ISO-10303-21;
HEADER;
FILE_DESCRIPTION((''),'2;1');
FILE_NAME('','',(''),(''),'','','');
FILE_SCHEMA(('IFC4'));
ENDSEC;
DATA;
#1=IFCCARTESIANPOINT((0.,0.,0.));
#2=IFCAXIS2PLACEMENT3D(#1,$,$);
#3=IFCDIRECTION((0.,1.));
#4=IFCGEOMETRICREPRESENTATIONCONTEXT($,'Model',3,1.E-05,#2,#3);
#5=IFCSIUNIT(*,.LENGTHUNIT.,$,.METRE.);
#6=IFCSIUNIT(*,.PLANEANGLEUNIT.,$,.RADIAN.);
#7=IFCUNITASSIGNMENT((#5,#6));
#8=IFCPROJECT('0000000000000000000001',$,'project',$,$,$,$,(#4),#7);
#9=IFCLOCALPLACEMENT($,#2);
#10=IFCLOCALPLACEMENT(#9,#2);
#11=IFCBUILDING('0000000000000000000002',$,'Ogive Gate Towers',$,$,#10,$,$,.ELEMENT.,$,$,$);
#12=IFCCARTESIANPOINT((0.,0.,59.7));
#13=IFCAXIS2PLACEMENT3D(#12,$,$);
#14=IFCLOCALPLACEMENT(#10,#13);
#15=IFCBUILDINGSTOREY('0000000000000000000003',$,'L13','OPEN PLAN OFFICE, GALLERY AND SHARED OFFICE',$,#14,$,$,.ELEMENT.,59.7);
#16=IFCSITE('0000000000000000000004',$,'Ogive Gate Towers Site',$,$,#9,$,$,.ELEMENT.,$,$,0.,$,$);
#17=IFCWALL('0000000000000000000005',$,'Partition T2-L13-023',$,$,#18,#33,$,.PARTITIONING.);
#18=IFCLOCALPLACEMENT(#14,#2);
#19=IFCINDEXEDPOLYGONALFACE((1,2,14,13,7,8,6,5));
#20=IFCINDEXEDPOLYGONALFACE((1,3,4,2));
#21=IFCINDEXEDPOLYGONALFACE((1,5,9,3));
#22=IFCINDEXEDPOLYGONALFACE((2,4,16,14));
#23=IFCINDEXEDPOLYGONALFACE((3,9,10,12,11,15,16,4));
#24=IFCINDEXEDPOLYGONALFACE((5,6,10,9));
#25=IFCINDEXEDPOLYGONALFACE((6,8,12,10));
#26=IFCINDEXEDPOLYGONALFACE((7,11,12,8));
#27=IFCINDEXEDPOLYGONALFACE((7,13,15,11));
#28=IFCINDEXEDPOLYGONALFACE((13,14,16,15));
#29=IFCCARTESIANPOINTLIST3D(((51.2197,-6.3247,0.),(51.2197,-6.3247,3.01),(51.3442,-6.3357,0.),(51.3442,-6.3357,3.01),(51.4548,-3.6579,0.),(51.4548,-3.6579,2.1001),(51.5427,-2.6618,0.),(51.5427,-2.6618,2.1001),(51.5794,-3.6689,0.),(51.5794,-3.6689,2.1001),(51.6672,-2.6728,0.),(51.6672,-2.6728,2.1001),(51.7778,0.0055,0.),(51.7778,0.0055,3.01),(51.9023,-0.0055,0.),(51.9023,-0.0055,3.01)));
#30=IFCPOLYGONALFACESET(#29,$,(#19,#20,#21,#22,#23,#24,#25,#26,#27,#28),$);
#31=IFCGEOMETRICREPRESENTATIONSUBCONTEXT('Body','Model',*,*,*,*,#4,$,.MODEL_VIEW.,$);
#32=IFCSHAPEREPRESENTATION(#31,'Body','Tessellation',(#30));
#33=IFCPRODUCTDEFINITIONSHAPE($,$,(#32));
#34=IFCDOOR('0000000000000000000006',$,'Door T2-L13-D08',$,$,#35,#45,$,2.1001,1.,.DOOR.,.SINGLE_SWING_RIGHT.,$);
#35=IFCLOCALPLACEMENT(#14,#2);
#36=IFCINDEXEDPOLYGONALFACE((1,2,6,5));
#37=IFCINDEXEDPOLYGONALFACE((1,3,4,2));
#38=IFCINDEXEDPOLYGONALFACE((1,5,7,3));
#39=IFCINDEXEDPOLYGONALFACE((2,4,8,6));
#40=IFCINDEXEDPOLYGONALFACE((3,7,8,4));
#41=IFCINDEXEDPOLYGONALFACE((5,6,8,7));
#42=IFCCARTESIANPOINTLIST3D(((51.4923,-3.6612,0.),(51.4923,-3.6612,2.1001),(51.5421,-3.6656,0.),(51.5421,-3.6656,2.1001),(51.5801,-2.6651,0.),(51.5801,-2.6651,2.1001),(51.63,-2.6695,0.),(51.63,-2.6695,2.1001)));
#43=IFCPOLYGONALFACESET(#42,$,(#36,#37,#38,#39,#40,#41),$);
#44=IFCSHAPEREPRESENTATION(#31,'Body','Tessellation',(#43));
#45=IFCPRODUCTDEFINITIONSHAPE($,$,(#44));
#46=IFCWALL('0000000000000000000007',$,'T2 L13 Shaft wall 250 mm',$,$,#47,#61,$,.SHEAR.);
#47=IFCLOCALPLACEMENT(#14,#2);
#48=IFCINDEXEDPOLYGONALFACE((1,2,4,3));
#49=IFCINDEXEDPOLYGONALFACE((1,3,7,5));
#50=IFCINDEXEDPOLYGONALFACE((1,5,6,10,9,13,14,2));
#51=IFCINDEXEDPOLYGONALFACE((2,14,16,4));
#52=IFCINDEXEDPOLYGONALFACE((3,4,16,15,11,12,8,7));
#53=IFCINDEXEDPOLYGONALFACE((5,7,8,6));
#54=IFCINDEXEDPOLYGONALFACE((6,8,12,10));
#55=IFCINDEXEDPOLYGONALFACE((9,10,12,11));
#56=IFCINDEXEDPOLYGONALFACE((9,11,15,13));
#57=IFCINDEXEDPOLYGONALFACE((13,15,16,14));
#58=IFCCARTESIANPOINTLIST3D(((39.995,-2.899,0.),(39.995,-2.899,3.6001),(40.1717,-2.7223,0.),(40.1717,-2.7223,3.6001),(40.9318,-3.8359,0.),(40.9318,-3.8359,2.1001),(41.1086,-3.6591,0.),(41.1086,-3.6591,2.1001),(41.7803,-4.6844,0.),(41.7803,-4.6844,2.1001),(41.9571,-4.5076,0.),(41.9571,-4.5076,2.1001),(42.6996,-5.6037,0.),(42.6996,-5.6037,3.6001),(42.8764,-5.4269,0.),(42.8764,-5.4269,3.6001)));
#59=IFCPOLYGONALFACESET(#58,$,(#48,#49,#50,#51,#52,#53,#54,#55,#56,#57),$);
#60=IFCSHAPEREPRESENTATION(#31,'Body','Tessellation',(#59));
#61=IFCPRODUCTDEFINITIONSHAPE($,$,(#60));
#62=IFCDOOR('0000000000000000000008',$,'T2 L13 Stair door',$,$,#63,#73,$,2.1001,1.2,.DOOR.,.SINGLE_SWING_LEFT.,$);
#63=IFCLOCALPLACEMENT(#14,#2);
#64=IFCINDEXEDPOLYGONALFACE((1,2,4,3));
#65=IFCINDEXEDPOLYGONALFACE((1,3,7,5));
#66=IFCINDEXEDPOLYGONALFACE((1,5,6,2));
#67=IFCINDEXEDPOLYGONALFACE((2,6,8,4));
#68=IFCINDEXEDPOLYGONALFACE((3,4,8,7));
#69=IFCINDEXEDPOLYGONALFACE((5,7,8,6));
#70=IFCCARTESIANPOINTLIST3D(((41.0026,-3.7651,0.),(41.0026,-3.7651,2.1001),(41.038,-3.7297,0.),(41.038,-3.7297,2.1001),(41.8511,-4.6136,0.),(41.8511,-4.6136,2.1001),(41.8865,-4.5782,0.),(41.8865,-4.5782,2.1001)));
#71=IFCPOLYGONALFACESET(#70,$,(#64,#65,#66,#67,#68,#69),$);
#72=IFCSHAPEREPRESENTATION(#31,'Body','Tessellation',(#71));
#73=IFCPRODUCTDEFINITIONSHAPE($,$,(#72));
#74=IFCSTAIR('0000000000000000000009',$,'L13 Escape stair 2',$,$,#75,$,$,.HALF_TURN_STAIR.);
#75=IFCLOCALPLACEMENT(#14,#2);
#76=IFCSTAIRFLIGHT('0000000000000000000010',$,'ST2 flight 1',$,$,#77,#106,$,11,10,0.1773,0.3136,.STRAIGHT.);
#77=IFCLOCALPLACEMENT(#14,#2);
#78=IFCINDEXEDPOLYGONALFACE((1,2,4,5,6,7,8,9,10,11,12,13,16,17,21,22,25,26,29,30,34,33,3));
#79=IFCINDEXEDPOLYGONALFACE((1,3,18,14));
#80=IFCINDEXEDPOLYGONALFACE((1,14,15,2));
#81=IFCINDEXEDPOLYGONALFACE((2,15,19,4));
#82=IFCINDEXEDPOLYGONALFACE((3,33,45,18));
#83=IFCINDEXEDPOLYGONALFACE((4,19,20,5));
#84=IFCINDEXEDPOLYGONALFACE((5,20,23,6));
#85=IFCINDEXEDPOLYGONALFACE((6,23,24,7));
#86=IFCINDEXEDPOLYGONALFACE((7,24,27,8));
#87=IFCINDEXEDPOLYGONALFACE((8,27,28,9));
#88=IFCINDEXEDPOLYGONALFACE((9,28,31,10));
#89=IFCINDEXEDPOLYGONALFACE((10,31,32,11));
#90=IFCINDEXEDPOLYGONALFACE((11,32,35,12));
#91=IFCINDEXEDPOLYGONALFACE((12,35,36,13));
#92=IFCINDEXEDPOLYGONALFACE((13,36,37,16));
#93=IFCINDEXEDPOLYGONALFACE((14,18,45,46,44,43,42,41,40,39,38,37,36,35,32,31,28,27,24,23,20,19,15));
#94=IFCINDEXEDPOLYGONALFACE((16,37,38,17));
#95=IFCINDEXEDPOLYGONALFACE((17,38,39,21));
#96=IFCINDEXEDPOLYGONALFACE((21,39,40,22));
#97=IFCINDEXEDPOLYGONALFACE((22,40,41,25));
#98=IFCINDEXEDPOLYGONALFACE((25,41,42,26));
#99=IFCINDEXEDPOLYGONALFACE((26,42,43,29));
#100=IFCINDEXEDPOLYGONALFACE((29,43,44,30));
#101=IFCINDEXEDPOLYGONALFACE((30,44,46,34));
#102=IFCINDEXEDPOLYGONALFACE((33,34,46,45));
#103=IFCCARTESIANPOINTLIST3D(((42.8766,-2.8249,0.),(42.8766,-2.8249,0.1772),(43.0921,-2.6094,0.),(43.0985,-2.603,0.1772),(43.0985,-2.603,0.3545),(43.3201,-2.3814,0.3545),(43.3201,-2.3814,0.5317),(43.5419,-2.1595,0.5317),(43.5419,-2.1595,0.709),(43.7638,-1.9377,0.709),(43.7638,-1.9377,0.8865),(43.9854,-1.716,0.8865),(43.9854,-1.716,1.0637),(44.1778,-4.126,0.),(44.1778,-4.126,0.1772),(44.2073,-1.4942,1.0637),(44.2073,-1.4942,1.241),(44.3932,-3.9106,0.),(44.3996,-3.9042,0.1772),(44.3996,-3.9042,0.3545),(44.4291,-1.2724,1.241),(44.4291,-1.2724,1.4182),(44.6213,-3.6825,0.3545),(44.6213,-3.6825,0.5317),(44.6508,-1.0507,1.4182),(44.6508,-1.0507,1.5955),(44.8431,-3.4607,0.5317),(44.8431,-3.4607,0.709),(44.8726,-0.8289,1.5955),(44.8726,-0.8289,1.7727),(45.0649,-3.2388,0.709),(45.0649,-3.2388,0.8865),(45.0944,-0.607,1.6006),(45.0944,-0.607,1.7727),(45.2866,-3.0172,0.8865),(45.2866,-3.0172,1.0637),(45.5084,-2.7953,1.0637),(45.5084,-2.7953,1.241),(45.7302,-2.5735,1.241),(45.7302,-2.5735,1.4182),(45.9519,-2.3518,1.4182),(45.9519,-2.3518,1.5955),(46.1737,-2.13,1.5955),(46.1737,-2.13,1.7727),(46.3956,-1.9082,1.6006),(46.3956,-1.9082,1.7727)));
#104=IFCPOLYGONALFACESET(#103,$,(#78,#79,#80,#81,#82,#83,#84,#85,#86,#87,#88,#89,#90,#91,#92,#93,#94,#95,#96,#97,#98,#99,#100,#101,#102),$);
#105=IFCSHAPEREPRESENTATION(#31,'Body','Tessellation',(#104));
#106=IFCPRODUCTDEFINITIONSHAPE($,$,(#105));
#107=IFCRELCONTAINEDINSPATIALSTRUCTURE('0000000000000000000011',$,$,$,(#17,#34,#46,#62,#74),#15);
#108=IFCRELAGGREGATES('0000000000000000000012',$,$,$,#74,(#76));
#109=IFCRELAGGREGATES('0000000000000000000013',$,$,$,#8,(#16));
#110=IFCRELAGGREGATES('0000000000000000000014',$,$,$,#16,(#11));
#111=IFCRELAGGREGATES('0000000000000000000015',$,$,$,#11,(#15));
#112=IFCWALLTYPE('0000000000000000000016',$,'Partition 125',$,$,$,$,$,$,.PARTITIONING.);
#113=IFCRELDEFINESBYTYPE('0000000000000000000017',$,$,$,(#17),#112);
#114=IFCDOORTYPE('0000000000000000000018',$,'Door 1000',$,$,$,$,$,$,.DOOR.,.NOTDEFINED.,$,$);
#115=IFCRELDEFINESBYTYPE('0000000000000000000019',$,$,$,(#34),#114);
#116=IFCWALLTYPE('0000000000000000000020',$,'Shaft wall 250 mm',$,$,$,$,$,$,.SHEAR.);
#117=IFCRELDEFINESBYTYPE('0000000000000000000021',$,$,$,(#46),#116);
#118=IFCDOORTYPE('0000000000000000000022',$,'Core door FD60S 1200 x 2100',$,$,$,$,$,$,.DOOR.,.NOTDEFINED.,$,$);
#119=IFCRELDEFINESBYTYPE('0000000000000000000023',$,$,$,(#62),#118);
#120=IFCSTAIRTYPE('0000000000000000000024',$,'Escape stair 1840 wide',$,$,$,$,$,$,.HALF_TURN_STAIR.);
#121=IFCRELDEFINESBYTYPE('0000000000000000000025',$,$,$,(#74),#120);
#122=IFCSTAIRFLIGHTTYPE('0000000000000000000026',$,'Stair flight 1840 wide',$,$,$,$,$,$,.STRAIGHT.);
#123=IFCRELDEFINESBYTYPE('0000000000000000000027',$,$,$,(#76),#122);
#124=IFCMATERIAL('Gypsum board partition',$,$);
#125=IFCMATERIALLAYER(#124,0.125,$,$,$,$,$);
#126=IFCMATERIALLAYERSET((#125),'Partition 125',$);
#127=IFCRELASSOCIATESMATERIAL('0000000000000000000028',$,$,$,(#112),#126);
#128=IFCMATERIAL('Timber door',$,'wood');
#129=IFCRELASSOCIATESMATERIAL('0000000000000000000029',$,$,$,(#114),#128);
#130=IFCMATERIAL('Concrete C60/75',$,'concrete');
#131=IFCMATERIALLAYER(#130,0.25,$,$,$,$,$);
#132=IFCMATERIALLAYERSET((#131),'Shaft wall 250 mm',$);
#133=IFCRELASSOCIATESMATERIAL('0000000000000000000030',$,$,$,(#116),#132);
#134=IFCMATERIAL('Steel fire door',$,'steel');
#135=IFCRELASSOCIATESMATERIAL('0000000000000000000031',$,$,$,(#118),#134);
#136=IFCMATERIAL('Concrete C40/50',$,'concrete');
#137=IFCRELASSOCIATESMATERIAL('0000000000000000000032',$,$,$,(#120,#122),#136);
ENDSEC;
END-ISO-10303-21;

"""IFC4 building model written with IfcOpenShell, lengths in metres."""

from ifc_helpers import new_model, si_unit, direction, frame, frame_2d, origin, place, context, subcontext, project, spatial, polyline, rectangle, outline, extrude, material, layer, layer_set, type_object, element, fill, aggregate, save


model = new_model("IFC4")

# Units and contexts
model_context = context("Model", 3, precision=1e-05, world=origin(), true_north=direction((0.0, 1.0)))
body_context = subcontext(model_context, "Body", "Model", "MODEL_VIEW")
ifc_project = project(units=[si_unit("LENGTHUNIT", "METRE"), si_unit("PLANEANGLEUNIT", "RADIAN")], contexts=[model_context])

# Site, building, storey
site_placement = place(None, origin())
site = spatial("IfcSite", under=ifc_project, at=site_placement, Name="Ogive Gate Towers Site", CompositionType="ELEMENT", RefElevation=0.0)
building_placement = place(site_placement, origin())
building = spatial("IfcBuilding", under=site, at=building_placement, Name="Ogive Gate Towers", CompositionType="ELEMENT")
storey_placement = place(building_placement, frame((0.0, 0.0, 59.7)))
storey = spatial("IfcBuildingStorey", under=building, at=storey_placement, Name="L13", Description="OPEN PLAN OFFICE, GALLERY AND SHARED OFFICE", CompositionType="ELEMENT", Elevation=59.7)

# Shared definitions
ifc_material_1 = material(Name="Gypsum board partition")
ifc_layer_1 = layer(ifc_material_1, 0.125)
ifc_layer_set_1 = layer_set([ifc_layer_1], Name="Partition 125")
wall_type_1 = type_object("IfcWallType", Name="Partition 125", PredefinedType="PARTITIONING", material=ifc_layer_set_1)

# Walls, openings, doors
ifc_material_2 = material(Name="Timber door", Category="wood")
wall_1_placement = place(storey_placement, frame((51.282, -6.3301, 0.0), z_axis=(0.0, 0.0, 1.0), x_axis=(0.087827, 0.996136, 0.0)))
wall_1 = element("IfcWall", 1, at=wall_1_placement, inside=storey, type_object=wall_type_1, Name="Partition T2-L13-023", PredefinedType="PARTITIONING", context=body_context, shape_type="SweptSolid", body=[
    extrude(rectangle(XDim=6.3547, YDim=0.125, at=frame_2d((3.1772, 0.0))), origin(), (0.0, 0.0, 1.0), 3.01),
])
opening_1_placement = place(wall_1_placement, frame((2.677, 0.0, 0.0)))
opening_1 = element("IfcOpeningElement", 2, at=opening_1_placement, cuts=wall_1, PredefinedType="OPENING", context=body_context, shape_type="SweptSolid", body=[
    extrude(rectangle(XDim=1.0, YDim=2.1001, at=frame_2d((0.5, 1.05))), frame((0.0, 0.0725, 0.0), z_axis=(0.0, -1.0, 0.0), x_axis=(1.0, 0.0, 0.0)), (0.0, 0.0, 1.0), 0.145),
])
door_type_1 = type_object("IfcDoorType", Name="Door 1000", OperationType="NOTDEFINED", PredefinedType="DOOR", material=ifc_material_2)
door_1_placement = place(opening_1_placement, origin())
door_1 = element("IfcDoor", 3, at=door_1_placement, inside=storey, type_object=door_type_1, Name="Door T2-L13-D08", OperationType="SINGLE_SWING_RIGHT", OverallHeight=2.1001, OverallWidth=1.0, PredefinedType="DOOR", context=body_context, shape_type="SweptSolid", body=[
    extrude(rectangle(XDim=1.0, YDim=2.1001, at=frame_2d((0.5, 1.05))), frame((0.0, 0.0249, 0.0), z_axis=(0.0, -1.0, 0.0), x_axis=(1.0, 0.0, 0.0)), (0.0, 0.0, 1.0), 0.05),
])
fill(opening_1, door_1)
ifc_material_3 = material(Name="Concrete C60/75", Category="concrete")
ifc_layer_2 = layer(ifc_material_3, 0.25)
ifc_layer_set_2 = layer_set([ifc_layer_2], Name="Shaft wall 250 mm")
wall_type_2 = type_object("IfcWallType", Name="Shaft wall 250 mm", PredefinedType="SHEAR", material=ifc_layer_set_2)
wall_2_placement = place(storey_placement, frame((42.7881, -5.5154, 0.0), z_axis=(0.0, 0.0, 1.0), x_axis=(-0.707107, 0.707107, 0.0)))
wall_2 = element("IfcWall", 4, at=wall_2_placement, inside=storey, type_object=wall_type_2, Name="T2 L13 Shaft wall 250 mm", PredefinedType="SHEAR", context=body_context, shape_type="SweptSolid", body=[
    extrude(rectangle(XDim=3.825, YDim=0.25, at=frame_2d((1.9126, 0.0))), origin(), (0.0, 0.0, 1.0), 3.6001),
])
opening_2_placement = place(wall_2_placement, frame((1.3, 0.0, 0.0)))
opening_2 = element("IfcOpeningElement", 5, at=opening_2_placement, cuts=wall_2, PredefinedType="OPENING", context=body_context, shape_type="SweptSolid", body=[
    extrude(rectangle(XDim=1.2, YDim=2.1001, at=frame_2d((0.6001, 1.05))), frame((0.0, 0.135, 0.0), z_axis=(0.0, -1.0, 0.0), x_axis=(1.0, 0.0, 0.0)), (0.0, 0.0, 1.0), 0.27),
])
ifc_material_4 = material(Name="Steel fire door", Category="steel")
door_type_2 = type_object("IfcDoorType", Name="Core door FD60S 1200 x 2100", OperationType="NOTDEFINED", PredefinedType="DOOR", material=ifc_material_4)
door_2_placement = place(opening_2_placement, origin())
door_2 = element("IfcDoor", 6, at=door_2_placement, inside=storey, type_object=door_type_2, Name="T2 L13 Stair door", OperationType="SINGLE_SWING_LEFT", OverallHeight=2.1001, OverallWidth=1.2, PredefinedType="DOOR", context=body_context, shape_type="SweptSolid", body=[
    extrude(rectangle(XDim=1.2, YDim=2.1001, at=frame_2d((0.6001, 1.05))), frame((0.0, 0.0249, 0.0), z_axis=(0.0, -1.0, 0.0), x_axis=(1.0, 0.0, 0.0)), (0.0, 0.0, 1.0), 0.05),
])
fill(opening_2, door_2)

# Stair, stair flight
ifc_material_5 = material(Name="Concrete C40/50", Category="concrete")
stair_type = type_object("IfcStairType", Name="Escape stair 1840 wide", PredefinedType="HALF_TURN_STAIR", material=ifc_material_5)
stair_placement = place(storey_placement, origin())
stair = element("IfcStair", 7, at=stair_placement, inside=storey, type_object=stair_type, Name="L13 Escape stair 2", PredefinedType="HALF_TURN_STAIR")
stair_flight_type = type_object("IfcStairFlightType", Name="Stair flight 1840 wide", PredefinedType="STRAIGHT", material=ifc_material_5)
stair_flight_placement = place(storey_placement, frame((43.5271, -3.4753, 0.0), z_axis=(0.0, 0.0, 1.0), x_axis=(0.707107, 0.707107, 0.0)))
stair_flight = element("IfcStairFlight", 8, at=stair_flight_placement, type_object=stair_flight_type, Name="ST2 flight 1", NumberOfRisers=11, NumberOfTreads=10, PredefinedType="STRAIGHT", RiserHeight=0.1773, TreadLength=0.3136, context=body_context, shape_type="SweptSolid", body=[
    extrude(outline(polyline([(0.0, 0.0), (0.0, 0.1772), (0.3137, 0.1772), (0.3137, 0.3545), (0.6272, 0.3545), (0.6272, 0.5317), (0.9409, 0.5317), (0.9409, 0.709), (1.2546, 0.709), (1.2546, 0.8865), (1.5681, 0.8865), (1.5681, 1.0637), (1.8818, 1.0637), (1.8818, 1.241), (2.1956, 1.241), (2.1956, 1.4182), (2.509, 1.4182), (2.509, 1.5955), (2.8228, 1.5955), (2.8228, 1.7727), (3.1365, 1.7727), (3.1365, 1.95), (3.1365, 1.6006), (0.3047, 0.0), (0.0, 0.0)])), frame((0.0, 0.9199, 0.0), z_axis=(0.0, -1.0, 0.0), x_axis=(1.0, 0.0, 0.0)), (0.0, 0.0, 1.0), 1.8401),
])
aggregate(stair, [stair_flight])

save(model, "model.ifc")
